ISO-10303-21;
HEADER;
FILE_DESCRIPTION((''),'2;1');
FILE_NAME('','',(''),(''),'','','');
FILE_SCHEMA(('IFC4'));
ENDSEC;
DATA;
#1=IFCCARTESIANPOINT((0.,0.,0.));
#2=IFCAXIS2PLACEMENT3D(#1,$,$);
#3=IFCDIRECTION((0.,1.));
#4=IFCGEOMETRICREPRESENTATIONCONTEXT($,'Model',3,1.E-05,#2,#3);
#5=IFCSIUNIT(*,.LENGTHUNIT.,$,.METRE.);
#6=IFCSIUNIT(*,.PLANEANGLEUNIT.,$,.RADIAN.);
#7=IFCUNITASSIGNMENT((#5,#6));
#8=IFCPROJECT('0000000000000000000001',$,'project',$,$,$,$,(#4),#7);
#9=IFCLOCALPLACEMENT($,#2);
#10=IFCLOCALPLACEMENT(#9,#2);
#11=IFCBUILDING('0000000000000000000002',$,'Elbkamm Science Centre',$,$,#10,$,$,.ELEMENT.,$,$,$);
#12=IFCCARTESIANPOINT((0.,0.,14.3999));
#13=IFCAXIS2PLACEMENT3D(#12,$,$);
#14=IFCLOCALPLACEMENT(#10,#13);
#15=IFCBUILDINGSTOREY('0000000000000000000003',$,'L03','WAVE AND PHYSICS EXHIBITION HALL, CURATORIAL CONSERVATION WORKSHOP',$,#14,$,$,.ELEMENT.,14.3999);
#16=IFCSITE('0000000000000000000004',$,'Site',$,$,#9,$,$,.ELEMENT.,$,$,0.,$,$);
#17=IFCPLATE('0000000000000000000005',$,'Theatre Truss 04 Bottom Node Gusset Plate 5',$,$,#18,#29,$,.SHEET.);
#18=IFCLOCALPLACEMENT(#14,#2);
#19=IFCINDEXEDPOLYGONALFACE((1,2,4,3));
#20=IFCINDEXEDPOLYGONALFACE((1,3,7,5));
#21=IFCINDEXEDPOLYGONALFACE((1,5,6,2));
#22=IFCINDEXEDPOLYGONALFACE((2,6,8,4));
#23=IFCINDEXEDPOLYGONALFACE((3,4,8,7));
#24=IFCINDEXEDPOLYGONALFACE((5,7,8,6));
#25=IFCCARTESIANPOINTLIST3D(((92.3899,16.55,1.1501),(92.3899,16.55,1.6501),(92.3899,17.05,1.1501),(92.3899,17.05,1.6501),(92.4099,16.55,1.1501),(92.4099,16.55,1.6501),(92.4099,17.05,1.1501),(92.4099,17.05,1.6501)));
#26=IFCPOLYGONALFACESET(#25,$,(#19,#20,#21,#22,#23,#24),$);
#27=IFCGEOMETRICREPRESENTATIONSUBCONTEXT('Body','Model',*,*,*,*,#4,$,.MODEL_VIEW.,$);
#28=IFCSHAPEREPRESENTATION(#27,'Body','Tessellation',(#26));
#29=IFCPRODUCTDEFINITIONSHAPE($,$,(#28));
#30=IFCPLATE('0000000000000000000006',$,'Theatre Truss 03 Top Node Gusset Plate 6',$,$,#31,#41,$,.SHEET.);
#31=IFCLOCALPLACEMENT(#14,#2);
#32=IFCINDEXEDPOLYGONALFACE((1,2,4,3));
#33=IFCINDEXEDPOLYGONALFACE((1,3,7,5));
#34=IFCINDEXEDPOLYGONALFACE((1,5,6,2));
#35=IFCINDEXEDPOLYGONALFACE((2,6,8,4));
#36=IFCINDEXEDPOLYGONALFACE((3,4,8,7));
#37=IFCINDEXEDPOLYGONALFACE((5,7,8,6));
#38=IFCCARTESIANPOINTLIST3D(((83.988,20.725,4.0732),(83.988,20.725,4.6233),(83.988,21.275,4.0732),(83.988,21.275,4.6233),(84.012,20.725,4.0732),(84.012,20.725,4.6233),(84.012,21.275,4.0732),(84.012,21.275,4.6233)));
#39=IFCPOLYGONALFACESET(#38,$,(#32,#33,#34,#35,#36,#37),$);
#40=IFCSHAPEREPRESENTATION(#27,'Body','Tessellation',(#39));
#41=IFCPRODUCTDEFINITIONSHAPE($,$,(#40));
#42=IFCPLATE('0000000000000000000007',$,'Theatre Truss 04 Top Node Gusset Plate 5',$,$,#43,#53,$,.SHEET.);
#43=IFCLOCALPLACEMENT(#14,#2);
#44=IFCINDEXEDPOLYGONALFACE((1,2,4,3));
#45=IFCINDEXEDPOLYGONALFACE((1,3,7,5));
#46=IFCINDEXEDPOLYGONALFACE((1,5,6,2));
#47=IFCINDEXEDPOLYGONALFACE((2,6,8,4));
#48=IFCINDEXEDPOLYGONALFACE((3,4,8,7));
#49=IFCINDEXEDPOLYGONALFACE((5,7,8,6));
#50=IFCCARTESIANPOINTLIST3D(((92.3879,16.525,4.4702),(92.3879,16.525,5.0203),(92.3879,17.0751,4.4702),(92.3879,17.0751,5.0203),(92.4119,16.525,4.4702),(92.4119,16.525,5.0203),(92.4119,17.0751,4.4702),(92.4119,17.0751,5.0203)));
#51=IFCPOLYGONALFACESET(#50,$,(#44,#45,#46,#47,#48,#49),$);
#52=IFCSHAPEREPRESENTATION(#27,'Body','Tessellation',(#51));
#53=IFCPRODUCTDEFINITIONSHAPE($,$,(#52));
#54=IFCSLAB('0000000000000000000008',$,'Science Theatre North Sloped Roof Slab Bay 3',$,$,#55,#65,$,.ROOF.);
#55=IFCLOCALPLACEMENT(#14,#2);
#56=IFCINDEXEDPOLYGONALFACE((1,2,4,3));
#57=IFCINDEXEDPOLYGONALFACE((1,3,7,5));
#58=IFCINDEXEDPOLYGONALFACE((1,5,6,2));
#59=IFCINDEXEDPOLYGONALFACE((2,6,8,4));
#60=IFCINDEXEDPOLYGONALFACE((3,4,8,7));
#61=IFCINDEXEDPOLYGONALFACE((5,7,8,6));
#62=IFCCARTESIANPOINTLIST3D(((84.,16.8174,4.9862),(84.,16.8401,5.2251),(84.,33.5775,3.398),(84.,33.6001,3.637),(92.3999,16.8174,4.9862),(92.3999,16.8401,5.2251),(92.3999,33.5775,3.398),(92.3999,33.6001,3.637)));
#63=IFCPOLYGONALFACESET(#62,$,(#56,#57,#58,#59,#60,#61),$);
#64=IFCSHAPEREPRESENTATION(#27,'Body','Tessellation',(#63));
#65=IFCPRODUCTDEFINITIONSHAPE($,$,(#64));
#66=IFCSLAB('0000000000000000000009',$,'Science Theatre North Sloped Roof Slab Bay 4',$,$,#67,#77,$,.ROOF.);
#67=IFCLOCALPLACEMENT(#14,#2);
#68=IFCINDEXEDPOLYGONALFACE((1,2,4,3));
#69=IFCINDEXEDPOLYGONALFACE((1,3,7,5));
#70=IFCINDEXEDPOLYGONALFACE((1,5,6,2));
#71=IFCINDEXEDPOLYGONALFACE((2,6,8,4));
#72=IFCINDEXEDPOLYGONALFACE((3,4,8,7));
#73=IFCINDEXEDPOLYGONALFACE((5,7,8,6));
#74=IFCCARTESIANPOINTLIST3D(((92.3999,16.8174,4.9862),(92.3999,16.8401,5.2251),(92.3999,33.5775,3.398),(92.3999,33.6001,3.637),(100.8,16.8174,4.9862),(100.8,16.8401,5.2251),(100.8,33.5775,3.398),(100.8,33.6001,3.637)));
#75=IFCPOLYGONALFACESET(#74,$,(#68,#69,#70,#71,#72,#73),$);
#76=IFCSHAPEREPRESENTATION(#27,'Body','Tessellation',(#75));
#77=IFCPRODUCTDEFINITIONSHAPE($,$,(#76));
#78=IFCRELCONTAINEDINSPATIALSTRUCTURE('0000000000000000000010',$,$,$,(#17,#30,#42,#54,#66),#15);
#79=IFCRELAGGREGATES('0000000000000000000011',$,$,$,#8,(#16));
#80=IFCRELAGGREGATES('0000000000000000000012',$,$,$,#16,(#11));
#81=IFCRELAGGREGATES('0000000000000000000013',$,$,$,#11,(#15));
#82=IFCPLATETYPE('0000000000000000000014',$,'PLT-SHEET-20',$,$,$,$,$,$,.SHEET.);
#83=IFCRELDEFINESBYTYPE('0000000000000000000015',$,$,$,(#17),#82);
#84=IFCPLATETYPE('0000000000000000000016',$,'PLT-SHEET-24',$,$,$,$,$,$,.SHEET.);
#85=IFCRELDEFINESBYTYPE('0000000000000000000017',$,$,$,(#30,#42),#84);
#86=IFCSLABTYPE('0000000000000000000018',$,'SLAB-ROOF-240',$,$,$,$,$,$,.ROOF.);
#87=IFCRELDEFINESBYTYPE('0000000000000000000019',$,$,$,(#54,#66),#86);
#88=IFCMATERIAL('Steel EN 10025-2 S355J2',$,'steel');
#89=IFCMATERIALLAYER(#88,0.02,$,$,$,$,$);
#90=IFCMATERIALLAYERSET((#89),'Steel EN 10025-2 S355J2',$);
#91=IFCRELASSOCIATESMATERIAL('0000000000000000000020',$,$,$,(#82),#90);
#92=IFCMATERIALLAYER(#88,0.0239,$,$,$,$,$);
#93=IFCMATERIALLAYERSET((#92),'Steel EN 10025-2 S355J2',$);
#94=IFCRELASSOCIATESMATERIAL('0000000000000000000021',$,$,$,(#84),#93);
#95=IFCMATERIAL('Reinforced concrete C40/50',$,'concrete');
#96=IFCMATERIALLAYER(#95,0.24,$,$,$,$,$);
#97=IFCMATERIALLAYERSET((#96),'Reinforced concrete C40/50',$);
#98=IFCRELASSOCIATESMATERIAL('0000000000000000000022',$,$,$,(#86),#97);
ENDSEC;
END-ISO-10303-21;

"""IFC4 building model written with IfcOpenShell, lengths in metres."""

from ifc_helpers import new_model, si_unit, direction, frame, origin, origin_2d, place, context, subcontext, project, spatial, polyline, rectangle, outline, extrude, material, layer, layer_set, type_object, element, save


model = new_model("IFC4")

# Units and contexts
model_context = context("Model", 3, precision=1e-05, world=origin(), true_north=direction((0.0, 1.0)))
body_context = subcontext(model_context, "Body", "Model", "MODEL_VIEW")
ifc_project = project(units=[si_unit("LENGTHUNIT", "METRE"), si_unit("PLANEANGLEUNIT", "RADIAN")], contexts=[model_context])

# Site, building, storey
site_placement = place(None, origin())
site = spatial("IfcSite", under=ifc_project, at=site_placement, Name="Site", CompositionType="ELEMENT", RefElevation=0.0)
building_placement = place(site_placement, origin())
building = spatial("IfcBuilding", under=site, at=building_placement, Name="Elbkamm Science Centre", CompositionType="ELEMENT")
storey_placement = place(building_placement, frame((0.0, 0.0, 14.3999)))
storey = spatial("IfcBuildingStorey", under=building, at=storey_placement, Name="L03", Description="WAVE AND PHYSICS EXHIBITION HALL, CURATORIAL CONSERVATION WORKSHOP", CompositionType="ELEMENT", Elevation=14.3999)

# Shared definitions
ifc_material_1 = material(Name="Steel EN 10025-2 S355J2", Category="steel")

# Plates
ifc_layer_1 = layer(ifc_material_1, 0.02)
ifc_layer_set_1 = layer_set([ifc_layer_1], Name="Steel EN 10025-2 S355J2")
plate_type_1 = type_object("IfcPlateType", Name="PLT-SHEET-20", PredefinedType="SHEET", material=ifc_layer_set_1)
for number, where, z_axis, x_axis, name in (
    (1, (92.3999, 16.8, 1.1501), (0.0, 0.0, 1.0), (1.0, 0.0, 0.0), "Theatre Truss 04 Bottom Node Gusset Plate 5"),
):
    element("IfcPlate", number, at=place(storey_placement, frame(where, z_axis=z_axis, x_axis=x_axis)), inside=storey, type_object=plate_type_1, Name=name, PredefinedType="SHEET", context=body_context, shape_type="SweptSolid", body=[
        extrude(rectangle(XDim=0.02, YDim=0.5, at=origin_2d()), origin(), (0.0, 0.0, 1.0), 0.5),
    ])
ifc_layer_2 = layer(ifc_material_1, 0.0239)
ifc_layer_set_2 = layer_set([ifc_layer_2], Name="Steel EN 10025-2 S355J2")
plate_type_2 = type_object("IfcPlateType", Name="PLT-SHEET-24", PredefinedType="SHEET", material=ifc_layer_set_2)
for number, where, z_axis, x_axis, name in (
    (2, (84.0, 21.0, 4.0732), (0.0, 0.0, 1.0), (1.0, 0.0, 0.0), "Theatre Truss 03 Top Node Gusset Plate 6"),
    (3, (92.3999, 16.8, 4.4702), (0.0, 0.0, 1.0), (1.0, 0.0, 0.0), "Theatre Truss 04 Top Node Gusset Plate 5"),
):
    element("IfcPlate", number, at=place(storey_placement, frame(where, z_axis=z_axis, x_axis=x_axis)), inside=storey, type_object=plate_type_2, Name=name, PredefinedType="SHEET", context=body_context, shape_type="SweptSolid", body=[
        extrude(rectangle(XDim=0.0239, YDim=0.55, at=origin_2d()), origin(), (0.0, 0.0, 1.0), 0.55),
    ])

# Slabs
ifc_material_2 = material(Name="Reinforced concrete C40/50", Category="concrete")
ifc_layer_3 = layer(ifc_material_2, 0.24)
ifc_layer_set_3 = layer_set([ifc_layer_3], Name="Reinforced concrete C40/50")
slab_type = type_object("IfcSlabType", Name="SLAB-ROOF-240", PredefinedType="ROOF", material=ifc_layer_set_3)
slab_1_placement = place(storey_placement, frame((84.0, 16.8401, 5.2251), z_axis=(0.0, 0.094335, 0.995541), x_axis=(1.0, 0.0, 0.0)))
element("IfcSlab", 4, at=slab_1_placement, inside=storey, type_object=slab_type, Name="Science Theatre North Sloped Roof Slab Bay 3", PredefinedType="ROOF", context=body_context, shape_type="SweptSolid", body=[
    extrude(outline(polyline([(0.0, 0.0), (8.3999, 0.0), (8.3999, 16.8351), (0.0, 16.8351), (0.0, 0.0)])), origin(), (0.0, 0.0, -1.0), 0.24),
])
slab_2_placement = place(storey_placement, frame((92.3999, 16.8401, 5.2251), z_axis=(0.0, 0.094335, 0.995541), x_axis=(1.0, 0.0, 0.0)))
element("IfcSlab", 5, at=slab_2_placement, inside=storey, type_object=slab_type, Name="Science Theatre North Sloped Roof Slab Bay 4", PredefinedType="ROOF", context=body_context, shape_type="SweptSolid", body=[
    extrude(outline(polyline([(0.0, 0.0), (8.4001, 0.0), (8.4001, 16.8351), (0.0, 16.8351), (0.0, 0.0)])), origin(), (0.0, 0.0, -1.0), 0.24),
])

save(model, "model.ifc")
